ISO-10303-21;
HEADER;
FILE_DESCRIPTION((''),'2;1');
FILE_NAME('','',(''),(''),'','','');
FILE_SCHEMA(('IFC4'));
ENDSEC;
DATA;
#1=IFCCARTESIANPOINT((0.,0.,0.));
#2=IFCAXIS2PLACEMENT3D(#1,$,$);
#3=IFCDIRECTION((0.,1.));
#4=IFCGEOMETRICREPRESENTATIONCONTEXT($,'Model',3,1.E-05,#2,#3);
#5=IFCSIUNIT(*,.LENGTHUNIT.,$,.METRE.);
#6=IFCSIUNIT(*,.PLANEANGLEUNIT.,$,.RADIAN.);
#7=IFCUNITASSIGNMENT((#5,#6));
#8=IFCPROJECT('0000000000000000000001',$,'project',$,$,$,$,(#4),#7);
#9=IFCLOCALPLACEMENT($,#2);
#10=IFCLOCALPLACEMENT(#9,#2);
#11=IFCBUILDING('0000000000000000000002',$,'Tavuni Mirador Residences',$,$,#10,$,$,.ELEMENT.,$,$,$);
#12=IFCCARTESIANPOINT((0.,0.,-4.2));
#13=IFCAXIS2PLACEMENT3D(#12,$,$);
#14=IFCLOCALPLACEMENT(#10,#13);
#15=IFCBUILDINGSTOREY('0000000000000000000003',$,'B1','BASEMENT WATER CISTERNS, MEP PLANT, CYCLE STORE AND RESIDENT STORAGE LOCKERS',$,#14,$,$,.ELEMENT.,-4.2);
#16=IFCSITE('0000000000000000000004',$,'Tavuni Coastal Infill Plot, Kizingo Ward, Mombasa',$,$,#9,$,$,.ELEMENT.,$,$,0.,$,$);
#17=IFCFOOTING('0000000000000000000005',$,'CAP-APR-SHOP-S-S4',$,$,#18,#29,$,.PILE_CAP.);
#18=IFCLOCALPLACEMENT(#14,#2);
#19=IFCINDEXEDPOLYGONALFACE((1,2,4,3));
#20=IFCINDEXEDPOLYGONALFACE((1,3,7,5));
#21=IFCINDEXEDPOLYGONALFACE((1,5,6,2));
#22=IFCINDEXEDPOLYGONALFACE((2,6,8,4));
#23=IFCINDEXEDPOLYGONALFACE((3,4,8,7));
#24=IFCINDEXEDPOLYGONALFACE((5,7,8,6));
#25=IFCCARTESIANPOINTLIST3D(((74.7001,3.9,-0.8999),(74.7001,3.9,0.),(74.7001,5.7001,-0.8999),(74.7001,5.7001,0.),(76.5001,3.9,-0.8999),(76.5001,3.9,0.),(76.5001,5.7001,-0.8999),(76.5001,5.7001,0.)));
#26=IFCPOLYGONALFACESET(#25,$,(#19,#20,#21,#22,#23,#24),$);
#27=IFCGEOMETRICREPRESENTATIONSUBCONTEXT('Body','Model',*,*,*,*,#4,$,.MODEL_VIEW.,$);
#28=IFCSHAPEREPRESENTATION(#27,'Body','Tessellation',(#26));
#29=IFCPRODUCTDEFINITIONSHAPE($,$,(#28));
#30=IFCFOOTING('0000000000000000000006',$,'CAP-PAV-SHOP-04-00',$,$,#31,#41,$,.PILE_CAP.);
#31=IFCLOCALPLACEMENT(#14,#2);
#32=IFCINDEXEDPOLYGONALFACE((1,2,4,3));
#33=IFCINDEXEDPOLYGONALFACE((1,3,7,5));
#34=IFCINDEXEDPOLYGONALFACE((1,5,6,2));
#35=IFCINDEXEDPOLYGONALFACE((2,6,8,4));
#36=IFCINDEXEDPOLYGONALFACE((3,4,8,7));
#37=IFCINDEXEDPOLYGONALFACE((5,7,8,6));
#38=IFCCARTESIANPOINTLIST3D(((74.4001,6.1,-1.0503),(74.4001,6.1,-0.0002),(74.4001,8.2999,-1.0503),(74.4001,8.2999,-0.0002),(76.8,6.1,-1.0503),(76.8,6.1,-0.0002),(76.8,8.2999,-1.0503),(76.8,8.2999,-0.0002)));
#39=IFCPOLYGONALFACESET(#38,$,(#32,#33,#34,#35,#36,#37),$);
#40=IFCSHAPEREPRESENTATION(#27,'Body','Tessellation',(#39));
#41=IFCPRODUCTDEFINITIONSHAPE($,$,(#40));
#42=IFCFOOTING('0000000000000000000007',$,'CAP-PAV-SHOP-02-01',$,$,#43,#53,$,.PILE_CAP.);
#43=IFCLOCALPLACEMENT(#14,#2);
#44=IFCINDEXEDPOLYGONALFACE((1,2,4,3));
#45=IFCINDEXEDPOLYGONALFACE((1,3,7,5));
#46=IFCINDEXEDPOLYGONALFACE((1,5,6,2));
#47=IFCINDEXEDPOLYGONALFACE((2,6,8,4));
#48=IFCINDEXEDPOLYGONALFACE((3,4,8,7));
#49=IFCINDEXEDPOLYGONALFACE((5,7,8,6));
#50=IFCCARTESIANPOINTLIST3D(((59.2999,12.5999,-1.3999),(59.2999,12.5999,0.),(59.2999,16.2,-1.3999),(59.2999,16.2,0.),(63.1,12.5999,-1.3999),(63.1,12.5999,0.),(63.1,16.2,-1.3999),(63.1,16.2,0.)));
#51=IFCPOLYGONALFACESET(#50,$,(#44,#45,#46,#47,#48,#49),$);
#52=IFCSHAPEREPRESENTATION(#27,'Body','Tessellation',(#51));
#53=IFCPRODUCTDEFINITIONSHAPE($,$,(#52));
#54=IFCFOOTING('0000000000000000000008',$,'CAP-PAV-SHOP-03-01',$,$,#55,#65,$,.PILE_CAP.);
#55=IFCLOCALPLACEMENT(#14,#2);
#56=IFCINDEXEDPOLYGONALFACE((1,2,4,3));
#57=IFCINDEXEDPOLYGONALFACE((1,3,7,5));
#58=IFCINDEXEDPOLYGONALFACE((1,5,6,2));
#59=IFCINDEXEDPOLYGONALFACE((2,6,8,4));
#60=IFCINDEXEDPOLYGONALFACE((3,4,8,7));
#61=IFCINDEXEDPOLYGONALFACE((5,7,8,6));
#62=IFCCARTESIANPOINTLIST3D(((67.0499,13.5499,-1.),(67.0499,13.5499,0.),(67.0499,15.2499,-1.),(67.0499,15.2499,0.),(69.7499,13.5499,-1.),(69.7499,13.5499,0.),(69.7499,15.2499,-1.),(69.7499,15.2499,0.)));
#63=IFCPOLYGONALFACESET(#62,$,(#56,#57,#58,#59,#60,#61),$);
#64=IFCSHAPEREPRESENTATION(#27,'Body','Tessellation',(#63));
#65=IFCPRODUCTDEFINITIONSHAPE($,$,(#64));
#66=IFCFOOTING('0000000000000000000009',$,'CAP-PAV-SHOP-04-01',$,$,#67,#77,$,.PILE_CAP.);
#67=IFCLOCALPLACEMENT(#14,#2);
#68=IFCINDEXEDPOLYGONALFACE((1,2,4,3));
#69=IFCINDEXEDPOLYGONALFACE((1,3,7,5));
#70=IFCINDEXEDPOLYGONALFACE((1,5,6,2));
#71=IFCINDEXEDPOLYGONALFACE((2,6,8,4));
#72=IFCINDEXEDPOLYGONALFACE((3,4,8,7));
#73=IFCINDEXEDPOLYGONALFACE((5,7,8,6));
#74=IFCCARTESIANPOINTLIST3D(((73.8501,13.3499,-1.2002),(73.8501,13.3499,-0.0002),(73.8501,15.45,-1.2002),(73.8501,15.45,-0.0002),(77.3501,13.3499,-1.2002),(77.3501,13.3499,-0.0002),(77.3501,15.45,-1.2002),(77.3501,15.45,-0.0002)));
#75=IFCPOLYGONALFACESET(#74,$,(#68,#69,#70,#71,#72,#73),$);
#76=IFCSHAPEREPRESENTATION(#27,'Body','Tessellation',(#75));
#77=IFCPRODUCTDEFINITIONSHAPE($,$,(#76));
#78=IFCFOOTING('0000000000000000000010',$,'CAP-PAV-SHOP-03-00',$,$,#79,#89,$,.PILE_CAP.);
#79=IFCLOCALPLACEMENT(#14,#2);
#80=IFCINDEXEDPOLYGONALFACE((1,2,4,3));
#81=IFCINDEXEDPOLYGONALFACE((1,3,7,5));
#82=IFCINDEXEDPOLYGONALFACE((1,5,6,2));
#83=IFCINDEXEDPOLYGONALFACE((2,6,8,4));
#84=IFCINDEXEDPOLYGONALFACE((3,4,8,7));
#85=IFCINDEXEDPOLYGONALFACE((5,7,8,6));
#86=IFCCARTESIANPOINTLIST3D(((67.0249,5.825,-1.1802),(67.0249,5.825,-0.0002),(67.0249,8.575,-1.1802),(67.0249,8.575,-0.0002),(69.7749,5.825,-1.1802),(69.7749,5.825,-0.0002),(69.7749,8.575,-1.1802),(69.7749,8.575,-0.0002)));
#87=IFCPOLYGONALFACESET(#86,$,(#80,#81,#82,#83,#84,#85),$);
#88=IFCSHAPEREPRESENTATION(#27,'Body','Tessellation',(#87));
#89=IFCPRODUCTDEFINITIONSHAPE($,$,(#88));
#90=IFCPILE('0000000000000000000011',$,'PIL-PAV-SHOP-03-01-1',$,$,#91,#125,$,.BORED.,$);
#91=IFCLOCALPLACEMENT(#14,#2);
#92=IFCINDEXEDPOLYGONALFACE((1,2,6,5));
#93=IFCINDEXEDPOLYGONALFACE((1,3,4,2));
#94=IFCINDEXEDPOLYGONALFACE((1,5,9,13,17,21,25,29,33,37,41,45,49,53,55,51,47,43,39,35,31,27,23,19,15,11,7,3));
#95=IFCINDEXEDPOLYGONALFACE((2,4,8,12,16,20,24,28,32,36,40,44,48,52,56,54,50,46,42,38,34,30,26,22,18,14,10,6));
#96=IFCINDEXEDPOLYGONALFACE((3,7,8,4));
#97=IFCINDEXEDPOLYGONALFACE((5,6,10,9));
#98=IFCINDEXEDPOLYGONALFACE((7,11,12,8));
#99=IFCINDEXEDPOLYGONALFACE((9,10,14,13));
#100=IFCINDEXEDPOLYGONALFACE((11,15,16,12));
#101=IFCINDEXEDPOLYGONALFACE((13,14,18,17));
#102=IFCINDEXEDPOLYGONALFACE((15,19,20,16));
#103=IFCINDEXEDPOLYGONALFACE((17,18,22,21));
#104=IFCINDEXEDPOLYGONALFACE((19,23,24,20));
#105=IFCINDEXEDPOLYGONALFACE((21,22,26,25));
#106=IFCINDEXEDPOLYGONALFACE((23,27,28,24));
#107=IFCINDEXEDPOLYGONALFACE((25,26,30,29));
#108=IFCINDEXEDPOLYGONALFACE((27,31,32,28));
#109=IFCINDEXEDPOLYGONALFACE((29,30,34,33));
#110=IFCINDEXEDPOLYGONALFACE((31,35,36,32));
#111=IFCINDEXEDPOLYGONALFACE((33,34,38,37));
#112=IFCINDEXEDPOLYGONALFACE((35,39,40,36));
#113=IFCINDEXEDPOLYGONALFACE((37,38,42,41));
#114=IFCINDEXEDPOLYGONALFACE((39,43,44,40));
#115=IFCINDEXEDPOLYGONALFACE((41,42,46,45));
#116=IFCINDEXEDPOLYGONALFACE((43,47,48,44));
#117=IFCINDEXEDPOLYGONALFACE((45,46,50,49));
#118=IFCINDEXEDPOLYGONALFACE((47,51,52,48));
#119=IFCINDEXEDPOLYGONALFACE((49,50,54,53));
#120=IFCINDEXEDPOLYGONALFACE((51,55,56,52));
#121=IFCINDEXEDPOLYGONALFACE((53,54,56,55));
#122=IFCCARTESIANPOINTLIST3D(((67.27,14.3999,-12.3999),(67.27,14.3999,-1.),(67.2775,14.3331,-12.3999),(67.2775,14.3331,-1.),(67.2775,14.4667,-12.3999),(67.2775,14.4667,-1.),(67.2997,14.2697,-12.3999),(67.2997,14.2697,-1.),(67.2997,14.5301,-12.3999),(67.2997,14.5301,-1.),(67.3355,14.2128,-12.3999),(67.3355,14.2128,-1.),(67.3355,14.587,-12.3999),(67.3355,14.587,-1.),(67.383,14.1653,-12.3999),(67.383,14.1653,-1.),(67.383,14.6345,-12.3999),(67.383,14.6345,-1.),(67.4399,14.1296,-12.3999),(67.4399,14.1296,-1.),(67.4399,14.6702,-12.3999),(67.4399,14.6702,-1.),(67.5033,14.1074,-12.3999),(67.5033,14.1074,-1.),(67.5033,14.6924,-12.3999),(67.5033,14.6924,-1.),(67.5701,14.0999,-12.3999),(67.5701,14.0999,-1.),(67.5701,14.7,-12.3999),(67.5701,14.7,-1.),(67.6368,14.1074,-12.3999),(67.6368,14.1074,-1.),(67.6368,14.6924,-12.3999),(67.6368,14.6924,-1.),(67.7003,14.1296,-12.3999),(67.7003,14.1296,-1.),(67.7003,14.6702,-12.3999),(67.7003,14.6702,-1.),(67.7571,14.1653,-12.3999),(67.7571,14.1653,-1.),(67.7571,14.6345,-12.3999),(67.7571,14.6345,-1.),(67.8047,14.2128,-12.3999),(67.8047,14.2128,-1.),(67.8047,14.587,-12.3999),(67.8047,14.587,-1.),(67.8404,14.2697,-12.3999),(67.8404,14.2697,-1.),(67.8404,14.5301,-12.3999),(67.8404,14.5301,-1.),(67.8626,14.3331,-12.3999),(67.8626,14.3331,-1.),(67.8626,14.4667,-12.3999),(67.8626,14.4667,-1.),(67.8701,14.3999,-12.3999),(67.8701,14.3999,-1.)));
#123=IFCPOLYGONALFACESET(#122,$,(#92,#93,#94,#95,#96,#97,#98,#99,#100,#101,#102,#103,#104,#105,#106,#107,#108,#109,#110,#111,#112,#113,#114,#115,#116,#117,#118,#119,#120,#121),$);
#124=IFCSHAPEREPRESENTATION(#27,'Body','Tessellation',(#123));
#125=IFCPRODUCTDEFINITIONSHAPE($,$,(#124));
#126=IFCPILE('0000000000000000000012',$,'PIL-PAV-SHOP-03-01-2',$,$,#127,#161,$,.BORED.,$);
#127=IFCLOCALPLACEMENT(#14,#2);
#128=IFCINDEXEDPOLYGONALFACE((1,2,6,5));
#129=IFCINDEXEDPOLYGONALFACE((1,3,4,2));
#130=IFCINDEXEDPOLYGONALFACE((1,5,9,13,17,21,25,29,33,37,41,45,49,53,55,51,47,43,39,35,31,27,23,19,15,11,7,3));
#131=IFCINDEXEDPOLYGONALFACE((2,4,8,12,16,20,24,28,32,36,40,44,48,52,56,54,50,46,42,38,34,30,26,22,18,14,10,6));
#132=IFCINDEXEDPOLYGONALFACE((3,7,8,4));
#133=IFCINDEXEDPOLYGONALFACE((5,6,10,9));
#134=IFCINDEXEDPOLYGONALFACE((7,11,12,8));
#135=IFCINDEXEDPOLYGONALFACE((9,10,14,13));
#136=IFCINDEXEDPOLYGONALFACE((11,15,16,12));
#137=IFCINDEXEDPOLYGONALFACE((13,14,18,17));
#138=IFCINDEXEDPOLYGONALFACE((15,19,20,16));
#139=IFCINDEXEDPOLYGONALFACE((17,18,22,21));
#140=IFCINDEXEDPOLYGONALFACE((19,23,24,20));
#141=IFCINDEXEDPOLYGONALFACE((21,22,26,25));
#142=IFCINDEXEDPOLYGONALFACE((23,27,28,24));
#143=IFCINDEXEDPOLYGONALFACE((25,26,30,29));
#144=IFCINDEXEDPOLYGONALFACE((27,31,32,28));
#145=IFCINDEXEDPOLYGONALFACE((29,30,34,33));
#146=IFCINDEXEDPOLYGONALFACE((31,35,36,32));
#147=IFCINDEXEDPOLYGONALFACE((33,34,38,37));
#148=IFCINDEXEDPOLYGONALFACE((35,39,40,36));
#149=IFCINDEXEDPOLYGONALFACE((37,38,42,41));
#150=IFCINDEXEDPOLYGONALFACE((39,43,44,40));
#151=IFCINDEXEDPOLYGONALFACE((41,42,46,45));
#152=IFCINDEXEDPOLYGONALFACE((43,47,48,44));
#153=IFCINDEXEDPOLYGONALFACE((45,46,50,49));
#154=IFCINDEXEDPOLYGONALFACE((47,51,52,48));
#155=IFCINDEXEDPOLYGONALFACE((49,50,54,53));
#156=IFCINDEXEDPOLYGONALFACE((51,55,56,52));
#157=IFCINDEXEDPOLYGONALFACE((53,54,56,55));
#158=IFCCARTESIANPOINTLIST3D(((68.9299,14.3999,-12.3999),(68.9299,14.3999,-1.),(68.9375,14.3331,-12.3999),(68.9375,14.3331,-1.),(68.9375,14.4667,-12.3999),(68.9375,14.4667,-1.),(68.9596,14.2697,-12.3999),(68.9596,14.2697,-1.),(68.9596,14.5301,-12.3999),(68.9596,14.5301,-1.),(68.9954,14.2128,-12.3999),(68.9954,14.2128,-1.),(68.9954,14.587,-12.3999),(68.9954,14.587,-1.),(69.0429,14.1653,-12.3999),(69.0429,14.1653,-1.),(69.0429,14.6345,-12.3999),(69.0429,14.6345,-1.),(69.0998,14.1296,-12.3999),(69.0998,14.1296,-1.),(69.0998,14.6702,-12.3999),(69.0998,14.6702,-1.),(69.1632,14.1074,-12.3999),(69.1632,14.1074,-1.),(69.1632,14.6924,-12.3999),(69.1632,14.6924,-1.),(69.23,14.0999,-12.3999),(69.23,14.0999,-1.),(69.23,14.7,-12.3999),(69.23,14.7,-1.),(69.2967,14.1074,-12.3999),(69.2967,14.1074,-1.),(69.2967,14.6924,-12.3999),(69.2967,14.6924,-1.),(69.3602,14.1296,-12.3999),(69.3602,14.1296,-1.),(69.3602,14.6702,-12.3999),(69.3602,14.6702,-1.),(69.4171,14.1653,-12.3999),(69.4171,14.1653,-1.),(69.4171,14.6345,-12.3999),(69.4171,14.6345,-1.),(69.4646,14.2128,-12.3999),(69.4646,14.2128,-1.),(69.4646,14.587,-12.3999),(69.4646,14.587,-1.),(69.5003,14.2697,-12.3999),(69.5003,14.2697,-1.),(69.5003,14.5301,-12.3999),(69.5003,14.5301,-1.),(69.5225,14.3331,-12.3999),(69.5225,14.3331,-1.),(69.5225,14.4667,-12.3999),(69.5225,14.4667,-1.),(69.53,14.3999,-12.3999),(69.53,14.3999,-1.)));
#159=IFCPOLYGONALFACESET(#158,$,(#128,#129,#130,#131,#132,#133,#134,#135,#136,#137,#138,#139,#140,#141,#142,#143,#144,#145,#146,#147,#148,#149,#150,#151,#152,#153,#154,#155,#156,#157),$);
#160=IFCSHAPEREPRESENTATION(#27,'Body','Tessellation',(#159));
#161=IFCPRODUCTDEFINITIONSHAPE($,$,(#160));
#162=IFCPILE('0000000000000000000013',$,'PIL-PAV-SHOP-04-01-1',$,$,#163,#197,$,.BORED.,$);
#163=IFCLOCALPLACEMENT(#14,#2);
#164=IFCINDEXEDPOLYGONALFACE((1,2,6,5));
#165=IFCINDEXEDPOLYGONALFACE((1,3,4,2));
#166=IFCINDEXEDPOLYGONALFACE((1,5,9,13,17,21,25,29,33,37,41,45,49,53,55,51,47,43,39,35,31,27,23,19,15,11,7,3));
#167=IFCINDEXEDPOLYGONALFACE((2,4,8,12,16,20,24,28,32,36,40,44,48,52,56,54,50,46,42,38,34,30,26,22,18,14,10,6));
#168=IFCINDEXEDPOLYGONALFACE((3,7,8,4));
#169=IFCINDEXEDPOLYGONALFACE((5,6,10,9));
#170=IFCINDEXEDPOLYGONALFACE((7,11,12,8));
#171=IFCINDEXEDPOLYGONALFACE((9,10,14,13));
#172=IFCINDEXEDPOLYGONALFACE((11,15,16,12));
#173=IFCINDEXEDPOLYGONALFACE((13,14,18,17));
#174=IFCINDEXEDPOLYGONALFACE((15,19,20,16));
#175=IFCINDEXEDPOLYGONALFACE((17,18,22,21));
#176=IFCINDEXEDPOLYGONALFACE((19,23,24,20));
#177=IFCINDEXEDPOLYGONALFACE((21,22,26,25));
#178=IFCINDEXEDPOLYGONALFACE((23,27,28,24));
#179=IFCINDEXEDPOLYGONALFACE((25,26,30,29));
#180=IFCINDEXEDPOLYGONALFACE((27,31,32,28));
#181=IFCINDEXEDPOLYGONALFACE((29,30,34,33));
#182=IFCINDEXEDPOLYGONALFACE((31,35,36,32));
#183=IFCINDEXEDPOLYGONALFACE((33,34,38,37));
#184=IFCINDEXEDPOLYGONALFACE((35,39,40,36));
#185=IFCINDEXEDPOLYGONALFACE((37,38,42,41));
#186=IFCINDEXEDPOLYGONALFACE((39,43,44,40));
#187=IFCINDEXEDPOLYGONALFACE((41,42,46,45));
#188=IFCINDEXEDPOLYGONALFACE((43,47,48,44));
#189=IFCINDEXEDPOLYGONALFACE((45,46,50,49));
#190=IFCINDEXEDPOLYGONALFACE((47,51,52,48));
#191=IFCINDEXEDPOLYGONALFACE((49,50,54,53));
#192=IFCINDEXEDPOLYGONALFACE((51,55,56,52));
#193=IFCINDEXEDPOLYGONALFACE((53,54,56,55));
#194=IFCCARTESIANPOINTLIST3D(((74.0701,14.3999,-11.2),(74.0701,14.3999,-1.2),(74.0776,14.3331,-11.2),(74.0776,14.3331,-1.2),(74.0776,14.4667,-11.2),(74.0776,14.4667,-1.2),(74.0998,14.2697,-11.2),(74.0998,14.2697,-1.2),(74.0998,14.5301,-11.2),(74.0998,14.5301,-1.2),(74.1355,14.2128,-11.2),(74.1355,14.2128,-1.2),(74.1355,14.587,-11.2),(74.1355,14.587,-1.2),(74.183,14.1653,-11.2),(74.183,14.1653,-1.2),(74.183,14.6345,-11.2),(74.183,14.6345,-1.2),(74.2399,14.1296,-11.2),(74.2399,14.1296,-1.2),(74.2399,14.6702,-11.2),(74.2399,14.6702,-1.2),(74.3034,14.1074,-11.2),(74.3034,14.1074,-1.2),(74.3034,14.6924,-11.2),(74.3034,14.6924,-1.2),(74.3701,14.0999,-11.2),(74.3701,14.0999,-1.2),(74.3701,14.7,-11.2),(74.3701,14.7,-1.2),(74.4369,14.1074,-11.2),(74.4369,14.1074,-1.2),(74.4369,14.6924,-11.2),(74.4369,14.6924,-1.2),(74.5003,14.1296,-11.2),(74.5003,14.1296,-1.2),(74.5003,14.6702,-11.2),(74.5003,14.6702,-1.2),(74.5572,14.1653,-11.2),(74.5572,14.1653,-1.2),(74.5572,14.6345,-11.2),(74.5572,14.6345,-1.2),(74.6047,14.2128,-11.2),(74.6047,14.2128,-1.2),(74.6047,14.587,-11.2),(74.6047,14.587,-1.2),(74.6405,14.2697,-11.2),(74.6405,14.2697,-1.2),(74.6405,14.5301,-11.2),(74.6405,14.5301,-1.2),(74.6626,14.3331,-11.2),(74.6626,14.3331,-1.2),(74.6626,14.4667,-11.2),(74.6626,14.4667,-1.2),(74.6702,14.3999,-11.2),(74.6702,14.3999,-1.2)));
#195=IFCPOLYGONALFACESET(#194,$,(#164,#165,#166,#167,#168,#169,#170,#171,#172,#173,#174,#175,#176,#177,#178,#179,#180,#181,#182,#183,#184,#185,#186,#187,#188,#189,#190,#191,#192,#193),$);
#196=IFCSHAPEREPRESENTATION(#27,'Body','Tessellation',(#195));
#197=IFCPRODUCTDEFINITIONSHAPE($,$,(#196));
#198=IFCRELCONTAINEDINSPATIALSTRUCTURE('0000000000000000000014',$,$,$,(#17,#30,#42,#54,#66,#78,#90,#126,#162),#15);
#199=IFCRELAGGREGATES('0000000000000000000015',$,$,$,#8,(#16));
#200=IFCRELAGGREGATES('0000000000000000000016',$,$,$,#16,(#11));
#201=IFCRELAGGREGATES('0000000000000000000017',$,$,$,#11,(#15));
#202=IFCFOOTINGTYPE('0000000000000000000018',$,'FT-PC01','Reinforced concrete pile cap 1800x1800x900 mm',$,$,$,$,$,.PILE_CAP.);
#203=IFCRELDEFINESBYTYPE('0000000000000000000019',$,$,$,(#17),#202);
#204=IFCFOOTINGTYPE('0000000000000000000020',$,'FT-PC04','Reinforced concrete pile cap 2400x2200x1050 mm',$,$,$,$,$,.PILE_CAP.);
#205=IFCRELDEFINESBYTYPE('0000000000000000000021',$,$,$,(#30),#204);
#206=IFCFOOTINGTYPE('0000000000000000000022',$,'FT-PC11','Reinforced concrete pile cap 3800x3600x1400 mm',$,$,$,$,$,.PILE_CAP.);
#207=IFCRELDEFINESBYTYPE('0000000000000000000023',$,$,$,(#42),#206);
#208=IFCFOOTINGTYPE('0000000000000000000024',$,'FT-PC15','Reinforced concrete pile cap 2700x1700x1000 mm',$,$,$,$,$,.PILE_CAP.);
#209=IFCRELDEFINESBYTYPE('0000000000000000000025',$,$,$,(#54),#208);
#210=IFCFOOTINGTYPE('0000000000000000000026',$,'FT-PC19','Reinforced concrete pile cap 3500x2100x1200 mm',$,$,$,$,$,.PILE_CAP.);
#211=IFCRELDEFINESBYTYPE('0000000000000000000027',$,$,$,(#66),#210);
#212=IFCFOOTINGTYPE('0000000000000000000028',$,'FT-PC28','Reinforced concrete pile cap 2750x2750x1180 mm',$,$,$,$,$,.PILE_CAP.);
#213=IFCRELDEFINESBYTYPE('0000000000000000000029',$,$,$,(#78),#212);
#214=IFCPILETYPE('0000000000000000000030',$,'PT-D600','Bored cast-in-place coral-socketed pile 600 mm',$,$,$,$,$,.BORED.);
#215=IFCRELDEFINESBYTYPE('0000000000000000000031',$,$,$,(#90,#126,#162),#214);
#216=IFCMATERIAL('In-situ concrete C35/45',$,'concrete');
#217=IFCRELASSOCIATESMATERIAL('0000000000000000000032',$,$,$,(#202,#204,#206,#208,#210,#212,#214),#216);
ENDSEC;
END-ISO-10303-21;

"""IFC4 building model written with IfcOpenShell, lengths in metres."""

from ifc_helpers import new_model, si_unit, direction, frame, origin, origin_2d, place, context, subcontext, project, spatial, rectangle, circle, extrude, material, material_profile, profile_set, type_object, element, save


model = new_model("IFC4")

# Units and contexts
model_context = context("Model", 3, precision=1e-05, world=origin(), true_north=direction((0.0, 1.0)))
body_context = subcontext(model_context, "Body", "Model", "MODEL_VIEW")
ifc_project = project(units=[si_unit("LENGTHUNIT", "METRE"), si_unit("PLANEANGLEUNIT", "RADIAN")], contexts=[model_context])

# Site, building, storey
site_placement = place(None, origin())
site = spatial("IfcSite", under=ifc_project, at=site_placement, Name="Tavuni Coastal Infill Plot, Kizingo Ward, Mombasa", CompositionType="ELEMENT", RefElevation=0.0)
building_placement = place(site_placement, origin())
building = spatial("IfcBuilding", under=site, at=building_placement, Name="Tavuni Mirador Residences", CompositionType="ELEMENT")
storey_placement = place(building_placement, frame((0.0, 0.0, -4.2)))
storey = spatial("IfcBuildingStorey", under=building, at=storey_placement, Name="B1", Description="BASEMENT WATER CISTERNS, MEP PLANT, CYCLE STORE AND RESIDENT STORAGE LOCKERS", CompositionType="ELEMENT", Elevation=-4.2)

# Footings
ifc_material_1 = material(Name="In-situ concrete C35/45", Category="concrete")
footing_type_1 = type_object("IfcFootingType", Name="FT-PC01", Description="Reinforced concrete pile cap 1800x1800x900 mm", PredefinedType="PILE_CAP", material=ifc_material_1)
footing_1_placement = place(storey_placement, frame((75.6001, 4.8, -0.8999), z_axis=(0.0, 0.0, 1.0), x_axis=(1.0, 0.0, 0.0)))
element("IfcFooting", 1, at=footing_1_placement, inside=storey, type_object=footing_type_1, Name="CAP-APR-SHOP-S-S4", PredefinedType="PILE_CAP", context=body_context, shape_type="SweptSolid", body=[
    extrude(rectangle(XDim=1.8, YDim=1.8, at=origin_2d()), origin(), (0.0, 0.0, 1.0), 0.8999),
])
footing_type_2 = type_object("IfcFootingType", Name="FT-PC04", Description="Reinforced concrete pile cap 2400x2200x1050 mm", PredefinedType="PILE_CAP", material=ifc_material_1)
footing_2_placement = place(storey_placement, frame((75.6001, 7.2, -1.0503), z_axis=(0.0, 0.0, 1.0), x_axis=(1.0, 0.0, 0.0)))
element("IfcFooting", 2, at=footing_2_placement, inside=storey, type_object=footing_type_2, Name="CAP-PAV-SHOP-04-00", PredefinedType="PILE_CAP", context=body_context, shape_type="SweptSolid", body=[
    extrude(rectangle(XDim=2.3999, YDim=2.2, at=origin_2d()), origin(), (0.0, 0.0, 1.0), 1.05),
])
footing_type_3 = type_object("IfcFootingType", Name="FT-PC11", Description="Reinforced concrete pile cap 3800x3600x1400 mm", PredefinedType="PILE_CAP", material=ifc_material_1)
footing_3_placement = place(storey_placement, frame((61.2, 14.3999, -1.3999), z_axis=(0.0, 0.0, 1.0), x_axis=(1.0, 0.0, 0.0)))
element("IfcFooting", 3, at=footing_3_placement, inside=storey, type_object=footing_type_3, Name="CAP-PAV-SHOP-02-01", PredefinedType="PILE_CAP", context=body_context, shape_type="SweptSolid", body=[
    extrude(rectangle(XDim=3.8, YDim=3.6001, at=origin_2d()), origin(), (0.0, 0.0, 1.0), 1.3999),
])
footing_type_4 = type_object("IfcFootingType", Name="FT-PC15", Description="Reinforced concrete pile cap 2700x1700x1000 mm", PredefinedType="PILE_CAP", material=ifc_material_1)
footing_4_placement = place(storey_placement, frame((68.3999, 14.3999, -1.0), z_axis=(0.0, 0.0, 1.0), x_axis=(1.0, 0.0, 0.0)))
element("IfcFooting", 4, at=footing_4_placement, inside=storey, type_object=footing_type_4, Name="CAP-PAV-SHOP-03-01", PredefinedType="PILE_CAP", context=body_context, shape_type="SweptSolid", body=[
    extrude(rectangle(XDim=2.7, YDim=1.7, at=origin_2d()), origin(), (0.0, 0.0, 1.0), 1.0),
])
footing_type_5 = type_object("IfcFootingType", Name="FT-PC19", Description="Reinforced concrete pile cap 3500x2100x1200 mm", PredefinedType="PILE_CAP", material=ifc_material_1)
footing_5_placement = place(storey_placement, frame((75.6001, 14.3999, -1.2002), z_axis=(0.0, 0.0, 1.0), x_axis=(1.0, 0.0, 0.0)))
element("IfcFooting", 5, at=footing_5_placement, inside=storey, type_object=footing_type_5, Name="CAP-PAV-SHOP-04-01", PredefinedType="PILE_CAP", context=body_context, shape_type="SweptSolid", body=[
    extrude(rectangle(XDim=3.5, YDim=2.1001, at=origin_2d()), origin(), (0.0, 0.0, 1.0), 1.2),
])
footing_type_6 = type_object("IfcFootingType", Name="FT-PC28", Description="Reinforced concrete pile cap 2750x2750x1180 mm", PredefinedType="PILE_CAP", material=ifc_material_1)
footing_6_placement = place(storey_placement, frame((68.3999, 7.2, -1.1802), z_axis=(0.0, 0.0, 1.0), x_axis=(1.0, 0.0, 0.0)))
element("IfcFooting", 6, at=footing_6_placement, inside=storey, type_object=footing_type_6, Name="CAP-PAV-SHOP-03-00", PredefinedType="PILE_CAP", context=body_context, shape_type="SweptSolid", body=[
    extrude(rectangle(XDim=2.75, YDim=2.75, at=origin_2d()), origin(), (0.0, 0.0, 1.0), 1.1799),
])

# Piles
ifc_material_profile_1 = material_profile(ifc_material_1, circle(Radius=0.3, at=origin_2d()), Name="PILE D600", Category="concrete")
ifc_profile_set_1 = profile_set([ifc_material_profile_1], Name="In-situ concrete C35/45")
pile_type_1 = type_object("IfcPileType", Name="PT-D600", Description="Bored cast-in-place coral-socketed pile 600 mm", PredefinedType="BORED", material=ifc_profile_set_1)
for number, where, z_axis, x_axis, name in (
    (7, (67.5701, 14.3999, -1.0), (0.0, 0.0, -1.0), (1.0, 0.0, 0.0), "PIL-PAV-SHOP-03-01-1"),
    (8, (69.23, 14.3999, -1.0), (0.0, 0.0, -1.0), (1.0, 0.0, 0.0), "PIL-PAV-SHOP-03-01-2"),
):
    element("IfcPile", number, at=place(storey_placement, frame(where, z_axis=z_axis, x_axis=x_axis)), inside=storey, type_object=pile_type_1, Name=name, PredefinedType="BORED", context=body_context, shape_type="SweptSolid", body=[
        extrude(circle(Radius=0.3, at=origin_2d()), origin(), (0.0, 0.0, 1.0), 11.3999),
    ])
pile_1_placement = place(storey_placement, frame((74.3701, 14.3999, -1.2), z_axis=(0.0, 0.0, -1.0), x_axis=(1.0, 0.0, 0.0)))
element("IfcPile", 9, at=pile_1_placement, inside=storey, type_object=pile_type_1, Name="PIL-PAV-SHOP-04-01-1", PredefinedType="BORED", context=body_context, shape_type="SweptSolid", body=[
    extrude(circle(Radius=0.3, at=origin_2d()), origin(), (0.0, 0.0, 1.0), 10.0),
])

save(model, "model.ifc")
